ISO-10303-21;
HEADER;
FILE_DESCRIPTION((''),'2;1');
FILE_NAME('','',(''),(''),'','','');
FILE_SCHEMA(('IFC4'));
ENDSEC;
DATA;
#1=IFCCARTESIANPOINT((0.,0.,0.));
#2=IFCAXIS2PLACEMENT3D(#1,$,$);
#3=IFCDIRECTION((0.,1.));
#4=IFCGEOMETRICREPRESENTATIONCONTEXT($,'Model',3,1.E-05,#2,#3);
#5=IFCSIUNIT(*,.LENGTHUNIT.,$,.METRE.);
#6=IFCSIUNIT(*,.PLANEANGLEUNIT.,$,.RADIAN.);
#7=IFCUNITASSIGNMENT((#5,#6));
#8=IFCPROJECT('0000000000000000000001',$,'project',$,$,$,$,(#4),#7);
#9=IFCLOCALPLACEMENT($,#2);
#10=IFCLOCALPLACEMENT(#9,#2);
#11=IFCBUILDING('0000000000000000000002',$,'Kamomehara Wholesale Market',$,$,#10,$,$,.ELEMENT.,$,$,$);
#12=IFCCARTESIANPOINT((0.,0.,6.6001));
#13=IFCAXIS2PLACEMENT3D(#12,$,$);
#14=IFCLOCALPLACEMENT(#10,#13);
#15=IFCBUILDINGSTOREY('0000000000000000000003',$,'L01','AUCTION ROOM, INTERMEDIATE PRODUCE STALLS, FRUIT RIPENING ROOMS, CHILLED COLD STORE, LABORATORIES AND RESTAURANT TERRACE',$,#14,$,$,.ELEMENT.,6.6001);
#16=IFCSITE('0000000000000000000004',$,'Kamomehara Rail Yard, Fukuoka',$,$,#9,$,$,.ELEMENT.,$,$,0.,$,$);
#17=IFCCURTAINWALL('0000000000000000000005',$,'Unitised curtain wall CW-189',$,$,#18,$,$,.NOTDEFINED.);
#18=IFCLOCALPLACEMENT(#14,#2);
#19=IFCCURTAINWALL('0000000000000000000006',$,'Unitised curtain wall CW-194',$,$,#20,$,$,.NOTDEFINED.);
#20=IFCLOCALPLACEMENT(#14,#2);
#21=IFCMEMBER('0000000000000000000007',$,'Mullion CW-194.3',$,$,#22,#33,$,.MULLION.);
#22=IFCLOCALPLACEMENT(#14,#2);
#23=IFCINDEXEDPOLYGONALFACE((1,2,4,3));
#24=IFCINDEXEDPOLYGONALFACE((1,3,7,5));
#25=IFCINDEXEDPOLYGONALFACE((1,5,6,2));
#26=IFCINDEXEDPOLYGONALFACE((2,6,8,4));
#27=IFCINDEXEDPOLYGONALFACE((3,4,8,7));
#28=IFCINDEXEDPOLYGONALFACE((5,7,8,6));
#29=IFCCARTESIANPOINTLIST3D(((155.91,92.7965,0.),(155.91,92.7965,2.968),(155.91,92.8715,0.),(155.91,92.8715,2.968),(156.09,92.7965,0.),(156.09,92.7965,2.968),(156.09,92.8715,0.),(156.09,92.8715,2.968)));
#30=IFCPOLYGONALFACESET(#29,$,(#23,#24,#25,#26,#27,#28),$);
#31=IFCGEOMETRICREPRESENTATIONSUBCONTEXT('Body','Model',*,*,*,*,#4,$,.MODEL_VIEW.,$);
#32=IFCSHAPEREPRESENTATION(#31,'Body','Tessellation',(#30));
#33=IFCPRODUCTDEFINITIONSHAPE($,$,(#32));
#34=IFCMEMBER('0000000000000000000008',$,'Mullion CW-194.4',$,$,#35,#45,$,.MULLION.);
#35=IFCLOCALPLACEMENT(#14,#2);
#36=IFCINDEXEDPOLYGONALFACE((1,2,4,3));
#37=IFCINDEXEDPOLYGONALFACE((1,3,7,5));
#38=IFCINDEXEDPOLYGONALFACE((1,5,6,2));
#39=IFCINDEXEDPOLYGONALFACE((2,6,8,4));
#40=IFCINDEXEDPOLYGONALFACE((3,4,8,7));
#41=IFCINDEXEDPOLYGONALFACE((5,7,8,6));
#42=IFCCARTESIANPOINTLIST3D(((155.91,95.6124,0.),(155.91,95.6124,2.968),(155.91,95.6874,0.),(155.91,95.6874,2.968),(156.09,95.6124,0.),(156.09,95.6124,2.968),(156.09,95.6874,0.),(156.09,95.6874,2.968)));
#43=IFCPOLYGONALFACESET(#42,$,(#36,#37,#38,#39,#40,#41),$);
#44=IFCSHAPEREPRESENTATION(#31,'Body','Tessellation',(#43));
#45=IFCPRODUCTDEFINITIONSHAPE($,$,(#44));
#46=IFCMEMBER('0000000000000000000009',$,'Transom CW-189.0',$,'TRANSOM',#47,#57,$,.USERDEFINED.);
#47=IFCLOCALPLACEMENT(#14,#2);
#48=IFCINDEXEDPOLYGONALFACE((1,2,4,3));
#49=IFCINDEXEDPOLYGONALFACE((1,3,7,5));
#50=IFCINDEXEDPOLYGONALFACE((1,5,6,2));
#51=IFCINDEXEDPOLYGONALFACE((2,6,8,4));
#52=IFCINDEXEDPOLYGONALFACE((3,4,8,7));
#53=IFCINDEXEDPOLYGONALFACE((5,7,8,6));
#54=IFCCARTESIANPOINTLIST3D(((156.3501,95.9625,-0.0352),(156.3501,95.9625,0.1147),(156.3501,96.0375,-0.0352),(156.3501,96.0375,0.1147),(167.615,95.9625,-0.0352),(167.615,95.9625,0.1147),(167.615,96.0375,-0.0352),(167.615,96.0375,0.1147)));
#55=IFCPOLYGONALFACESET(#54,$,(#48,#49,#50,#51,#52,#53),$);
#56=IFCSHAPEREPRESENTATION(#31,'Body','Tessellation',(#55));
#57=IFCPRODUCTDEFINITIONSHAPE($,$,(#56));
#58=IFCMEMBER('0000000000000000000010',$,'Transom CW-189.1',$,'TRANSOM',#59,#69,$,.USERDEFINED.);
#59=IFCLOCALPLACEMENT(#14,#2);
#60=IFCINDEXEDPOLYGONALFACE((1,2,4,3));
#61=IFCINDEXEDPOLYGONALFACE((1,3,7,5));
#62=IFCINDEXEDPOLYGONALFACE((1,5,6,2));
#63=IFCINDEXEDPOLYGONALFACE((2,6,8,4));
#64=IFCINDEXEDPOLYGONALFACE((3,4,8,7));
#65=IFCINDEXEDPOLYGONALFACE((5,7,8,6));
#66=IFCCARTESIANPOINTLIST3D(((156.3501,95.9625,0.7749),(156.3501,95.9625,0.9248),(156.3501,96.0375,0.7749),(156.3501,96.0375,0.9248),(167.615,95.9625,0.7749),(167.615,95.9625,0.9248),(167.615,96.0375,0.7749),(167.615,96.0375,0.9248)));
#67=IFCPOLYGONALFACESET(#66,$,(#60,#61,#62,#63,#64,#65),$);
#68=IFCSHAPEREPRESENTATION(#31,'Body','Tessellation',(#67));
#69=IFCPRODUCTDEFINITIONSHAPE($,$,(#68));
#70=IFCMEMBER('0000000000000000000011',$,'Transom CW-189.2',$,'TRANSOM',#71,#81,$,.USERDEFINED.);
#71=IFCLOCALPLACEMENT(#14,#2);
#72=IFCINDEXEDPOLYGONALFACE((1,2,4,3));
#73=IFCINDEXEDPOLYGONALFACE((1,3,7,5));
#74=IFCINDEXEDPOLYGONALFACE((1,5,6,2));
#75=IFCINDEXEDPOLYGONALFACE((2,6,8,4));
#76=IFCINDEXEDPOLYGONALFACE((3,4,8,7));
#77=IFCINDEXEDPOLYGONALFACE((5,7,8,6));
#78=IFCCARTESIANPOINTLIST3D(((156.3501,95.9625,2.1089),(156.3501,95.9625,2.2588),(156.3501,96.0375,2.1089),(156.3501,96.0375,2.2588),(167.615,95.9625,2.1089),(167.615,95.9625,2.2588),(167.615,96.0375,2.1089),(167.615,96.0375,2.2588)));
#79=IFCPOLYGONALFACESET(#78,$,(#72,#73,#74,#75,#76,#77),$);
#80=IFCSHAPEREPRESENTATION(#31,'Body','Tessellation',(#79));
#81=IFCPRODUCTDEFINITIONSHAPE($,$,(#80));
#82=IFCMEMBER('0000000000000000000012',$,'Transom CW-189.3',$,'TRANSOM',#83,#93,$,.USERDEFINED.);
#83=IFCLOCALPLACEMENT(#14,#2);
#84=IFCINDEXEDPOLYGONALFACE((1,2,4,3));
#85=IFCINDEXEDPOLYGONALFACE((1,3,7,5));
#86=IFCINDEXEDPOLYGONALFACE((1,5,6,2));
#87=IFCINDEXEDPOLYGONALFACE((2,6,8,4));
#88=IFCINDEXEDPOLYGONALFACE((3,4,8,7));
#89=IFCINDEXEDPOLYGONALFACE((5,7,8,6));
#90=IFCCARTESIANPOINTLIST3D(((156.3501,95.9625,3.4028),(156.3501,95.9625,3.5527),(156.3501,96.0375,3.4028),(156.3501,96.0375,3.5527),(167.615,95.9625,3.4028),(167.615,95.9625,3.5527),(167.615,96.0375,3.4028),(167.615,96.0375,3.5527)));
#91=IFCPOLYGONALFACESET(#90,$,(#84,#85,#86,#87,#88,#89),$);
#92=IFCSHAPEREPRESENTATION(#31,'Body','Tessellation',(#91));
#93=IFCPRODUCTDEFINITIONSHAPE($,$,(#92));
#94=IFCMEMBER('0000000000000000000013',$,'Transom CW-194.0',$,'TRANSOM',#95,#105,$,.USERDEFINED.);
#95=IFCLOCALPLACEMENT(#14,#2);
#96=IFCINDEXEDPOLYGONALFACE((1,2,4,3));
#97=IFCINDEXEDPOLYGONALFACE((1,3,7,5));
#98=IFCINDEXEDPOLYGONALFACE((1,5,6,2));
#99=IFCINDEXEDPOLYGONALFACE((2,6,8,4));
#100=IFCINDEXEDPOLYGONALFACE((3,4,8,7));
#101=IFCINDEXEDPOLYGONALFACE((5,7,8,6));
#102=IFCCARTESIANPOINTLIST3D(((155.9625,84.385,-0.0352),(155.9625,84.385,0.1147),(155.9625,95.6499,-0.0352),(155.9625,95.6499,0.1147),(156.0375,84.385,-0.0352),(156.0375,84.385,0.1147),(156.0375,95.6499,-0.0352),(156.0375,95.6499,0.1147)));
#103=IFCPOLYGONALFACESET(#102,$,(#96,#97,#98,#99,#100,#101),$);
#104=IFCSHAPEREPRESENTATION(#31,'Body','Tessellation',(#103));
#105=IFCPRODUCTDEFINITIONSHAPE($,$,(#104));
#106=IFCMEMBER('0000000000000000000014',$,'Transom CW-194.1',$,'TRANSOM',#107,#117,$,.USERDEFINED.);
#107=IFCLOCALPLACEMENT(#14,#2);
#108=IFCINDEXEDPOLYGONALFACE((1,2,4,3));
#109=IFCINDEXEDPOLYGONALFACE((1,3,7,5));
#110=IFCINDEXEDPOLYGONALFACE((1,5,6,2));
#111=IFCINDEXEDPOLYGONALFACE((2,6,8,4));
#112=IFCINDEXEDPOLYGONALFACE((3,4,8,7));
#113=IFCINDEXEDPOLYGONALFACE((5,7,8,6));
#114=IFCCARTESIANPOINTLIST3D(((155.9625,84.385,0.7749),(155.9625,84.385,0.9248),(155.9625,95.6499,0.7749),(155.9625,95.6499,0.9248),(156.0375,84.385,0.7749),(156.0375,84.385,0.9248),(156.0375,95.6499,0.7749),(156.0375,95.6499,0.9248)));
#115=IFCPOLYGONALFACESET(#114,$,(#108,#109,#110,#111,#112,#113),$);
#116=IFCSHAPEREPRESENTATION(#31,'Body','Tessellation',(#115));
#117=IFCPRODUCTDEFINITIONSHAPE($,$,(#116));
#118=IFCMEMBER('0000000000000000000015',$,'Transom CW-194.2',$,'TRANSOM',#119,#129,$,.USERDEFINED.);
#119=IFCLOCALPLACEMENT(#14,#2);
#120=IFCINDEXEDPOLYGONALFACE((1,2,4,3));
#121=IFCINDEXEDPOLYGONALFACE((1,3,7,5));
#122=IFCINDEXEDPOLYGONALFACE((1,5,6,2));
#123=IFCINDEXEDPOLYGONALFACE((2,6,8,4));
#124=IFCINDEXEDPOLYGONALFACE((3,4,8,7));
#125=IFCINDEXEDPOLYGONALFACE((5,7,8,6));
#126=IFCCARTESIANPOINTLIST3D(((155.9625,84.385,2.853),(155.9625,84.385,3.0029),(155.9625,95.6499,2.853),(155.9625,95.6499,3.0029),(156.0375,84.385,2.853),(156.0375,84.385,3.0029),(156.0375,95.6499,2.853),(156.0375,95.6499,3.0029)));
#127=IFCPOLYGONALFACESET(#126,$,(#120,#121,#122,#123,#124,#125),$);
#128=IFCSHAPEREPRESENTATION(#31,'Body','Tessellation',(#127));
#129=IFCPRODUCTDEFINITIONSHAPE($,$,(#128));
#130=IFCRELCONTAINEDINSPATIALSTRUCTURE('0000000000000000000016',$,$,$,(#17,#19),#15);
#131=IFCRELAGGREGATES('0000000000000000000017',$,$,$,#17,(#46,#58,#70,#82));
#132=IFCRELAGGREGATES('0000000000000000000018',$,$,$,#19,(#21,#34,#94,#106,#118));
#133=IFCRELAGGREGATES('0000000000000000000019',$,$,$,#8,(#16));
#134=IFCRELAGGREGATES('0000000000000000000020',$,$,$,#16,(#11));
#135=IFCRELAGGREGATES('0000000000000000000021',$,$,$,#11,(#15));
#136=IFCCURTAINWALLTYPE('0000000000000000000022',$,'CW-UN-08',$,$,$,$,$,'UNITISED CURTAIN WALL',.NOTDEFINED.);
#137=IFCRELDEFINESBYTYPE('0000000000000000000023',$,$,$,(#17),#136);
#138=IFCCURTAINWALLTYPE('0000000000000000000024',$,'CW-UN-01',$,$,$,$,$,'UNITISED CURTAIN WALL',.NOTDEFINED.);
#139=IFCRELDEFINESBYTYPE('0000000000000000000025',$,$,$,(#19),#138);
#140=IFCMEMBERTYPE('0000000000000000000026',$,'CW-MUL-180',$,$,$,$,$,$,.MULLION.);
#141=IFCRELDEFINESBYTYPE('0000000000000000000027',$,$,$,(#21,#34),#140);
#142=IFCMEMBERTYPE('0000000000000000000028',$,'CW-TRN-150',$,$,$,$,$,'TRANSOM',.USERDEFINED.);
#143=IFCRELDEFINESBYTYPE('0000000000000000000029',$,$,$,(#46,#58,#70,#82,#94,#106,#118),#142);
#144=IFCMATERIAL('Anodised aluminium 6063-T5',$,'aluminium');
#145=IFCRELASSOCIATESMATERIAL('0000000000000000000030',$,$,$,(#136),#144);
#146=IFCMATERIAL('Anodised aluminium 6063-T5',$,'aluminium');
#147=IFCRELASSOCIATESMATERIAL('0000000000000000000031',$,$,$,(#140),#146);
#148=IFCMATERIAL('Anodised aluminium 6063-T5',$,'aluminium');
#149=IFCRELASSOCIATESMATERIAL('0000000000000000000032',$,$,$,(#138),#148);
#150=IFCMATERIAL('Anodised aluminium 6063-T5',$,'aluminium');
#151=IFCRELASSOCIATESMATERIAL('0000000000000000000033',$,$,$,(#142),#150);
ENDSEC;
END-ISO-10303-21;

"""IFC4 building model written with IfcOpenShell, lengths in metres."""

from ifc_helpers import new_model, si_unit, direction, frame, origin, origin_2d, place, context, subcontext, project, spatial, rectangle, extrude, material, material_profile, profile_set, type_object, element, aggregate, save


model = new_model("IFC4")

# Units and contexts
model_context = context("Model", 3, precision=1e-05, world=origin(), true_north=direction((0.0, 1.0)))
body_context = subcontext(model_context, "Body", "Model", "MODEL_VIEW")
ifc_project = project(units=[si_unit("LENGTHUNIT", "METRE"), si_unit("PLANEANGLEUNIT", "RADIAN")], contexts=[model_context])

# Site, building, storey
site_placement = place(None, origin())
site = spatial("IfcSite", under=ifc_project, at=site_placement, Name="Kamomehara Rail Yard, Fukuoka", CompositionType="ELEMENT", RefElevation=0.0)
building_placement = place(site_placement, origin())
building = spatial("IfcBuilding", under=site, at=building_placement, Name="Kamomehara Wholesale Market", CompositionType="ELEMENT")
storey_placement = place(building_placement, frame((0.0, 0.0, 6.6001)))
storey = spatial("IfcBuildingStorey", under=building, at=storey_placement, Name="L01", Description="AUCTION ROOM, INTERMEDIATE PRODUCE STALLS, FRUIT RIPENING ROOMS, CHILLED COLD STORE, LABORATORIES AND RESTAURANT TERRACE", CompositionType="ELEMENT", Elevation=6.6001)

# Curtain walls, members
ifc_material_1 = material(Name="Anodised aluminium 6063-T5", Category="aluminium")
curtain_wall_type_1 = type_object("IfcCurtainWallType", Name="CW-UN-08", ElementType="UNITISED CURTAIN WALL", PredefinedType="NOTDEFINED", material=ifc_material_1)
curtain_wall_1_placement = place(storey_placement, origin())
curtain_wall_1 = element("IfcCurtainWall", 1, at=curtain_wall_1_placement, inside=storey, type_object=curtain_wall_type_1, Name="Unitised curtain wall CW-189", PredefinedType="NOTDEFINED")
ifc_material_2 = material(Name="Anodised aluminium 6063-T5", Category="aluminium")
ifc_material_profile_1 = material_profile(ifc_material_2, rectangle(XDim=0.075, YDim=0.1799, at=origin_2d()), Name="ALU-MUL-75x180")
ifc_profile_set_1 = profile_set([ifc_material_profile_1], Name="Anodised aluminium 6063-T5")
member_type_1 = type_object("IfcMemberType", Name="CW-MUL-180", PredefinedType="MULLION", material=ifc_profile_set_1)
ifc_material_3 = material(Name="Anodised aluminium 6063-T5", Category="aluminium")
curtain_wall_type_2 = type_object("IfcCurtainWallType", Name="CW-UN-01", ElementType="UNITISED CURTAIN WALL", PredefinedType="NOTDEFINED", material=ifc_material_3)
curtain_wall_2_placement = place(storey_placement, origin())
curtain_wall_2 = element("IfcCurtainWall", 2, at=curtain_wall_2_placement, inside=storey, type_object=curtain_wall_type_2, Name="Unitised curtain wall CW-194", PredefinedType="NOTDEFINED")
member_1_placement = place(storey_placement, frame((156.0, 92.834, 0.0), z_axis=(0.0, 0.0, 1.0), x_axis=(0.0, 1.0, 0.0)))
member_1 = element("IfcMember", 3, at=member_1_placement, type_object=member_type_1, Name="Mullion CW-194.3", PredefinedType="MULLION", context=body_context, shape_type="SweptSolid", body=[
    extrude(rectangle(XDim=0.075, YDim=0.1799, at=origin_2d()), origin(), (0.0, 0.0, 1.0), 2.968),
])
member_2_placement = place(storey_placement, frame((156.0, 95.6499, 0.0), z_axis=(0.0, 0.0, 1.0), x_axis=(0.0, 1.0, 0.0)))
member_2 = element("IfcMember", 4, at=member_2_placement, type_object=member_type_1, Name="Mullion CW-194.4", PredefinedType="MULLION", context=body_context, shape_type="SweptSolid", body=[
    extrude(rectangle(XDim=0.075, YDim=0.1799, at=origin_2d()), origin(), (0.0, 0.0, 1.0), 2.968),
])

# Members
ifc_material_4 = material(Name="Anodised aluminium 6063-T5", Category="aluminium")
ifc_material_profile_2 = material_profile(ifc_material_4, rectangle(XDim=0.075, YDim=0.1499, at=origin_2d()), Name="ALU-TRN-75x150")
ifc_profile_set_2 = profile_set([ifc_material_profile_2], Name="Anodised aluminium 6063-T5")
member_type_2 = type_object("IfcMemberType", Name="CW-TRN-150", ElementType="TRANSOM", PredefinedType="USERDEFINED", material=ifc_profile_set_2)
member_3_placement = place(storey_placement, frame((156.3501, 96.0, 0.0398), z_axis=(1.0, 0.0, 0.0), x_axis=(0.0, 1.0, 0.0)))
member_3 = element("IfcMember", 5, at=member_3_placement, type_object=member_type_2, Name="Transom CW-189.0", ObjectType="TRANSOM", PredefinedType="USERDEFINED", context=body_context, shape_type="SweptSolid", body=[
    extrude(rectangle(XDim=0.075, YDim=0.1499, at=origin_2d()), origin(), (0.0, 0.0, 1.0), 11.2649),
])
member_4_placement = place(storey_placement, frame((156.3501, 96.0, 0.8499), z_axis=(1.0, 0.0, 0.0), x_axis=(0.0, 1.0, 0.0)))
member_4 = element("IfcMember", 6, at=member_4_placement, type_object=member_type_2, Name="Transom CW-189.1", ObjectType="TRANSOM", PredefinedType="USERDEFINED", context=body_context, shape_type="SweptSolid", body=[
    extrude(rectangle(XDim=0.075, YDim=0.1499, at=origin_2d()), origin(), (0.0, 0.0, 1.0), 11.2649),
])
member_5_placement = place(storey_placement, frame((156.3501, 96.0, 2.1838), z_axis=(1.0, 0.0, 0.0), x_axis=(0.0, 1.0, 0.0)))
member_5 = element("IfcMember", 7, at=member_5_placement, type_object=member_type_2, Name="Transom CW-189.2", ObjectType="TRANSOM", PredefinedType="USERDEFINED", context=body_context, shape_type="SweptSolid", body=[
    extrude(rectangle(XDim=0.075, YDim=0.1499, at=origin_2d()), origin(), (0.0, 0.0, 1.0), 11.2649),
])
member_6_placement = place(storey_placement, frame((156.3501, 96.0, 3.4778), z_axis=(1.0, 0.0, 0.0), x_axis=(0.0, 1.0, 0.0)))
member_6 = element("IfcMember", 8, at=member_6_placement, type_object=member_type_2, Name="Transom CW-189.3", ObjectType="TRANSOM", PredefinedType="USERDEFINED", context=body_context, shape_type="SweptSolid", body=[
    extrude(rectangle(XDim=0.075, YDim=0.1499, at=origin_2d()), origin(), (0.0, 0.0, 1.0), 11.2649),
])
aggregate(curtain_wall_1, [member_3, member_4, member_5, member_6])
member_7_placement = place(storey_placement, frame((156.0, 84.385, 0.0398), z_axis=(0.0, 1.0, 0.0), x_axis=(-1.0, 0.0, 0.0)))
member_7 = element("IfcMember", 9, at=member_7_placement, type_object=member_type_2, Name="Transom CW-194.0", ObjectType="TRANSOM", PredefinedType="USERDEFINED", context=body_context, shape_type="SweptSolid", body=[
    extrude(rectangle(XDim=0.075, YDim=0.1499, at=origin_2d()), origin(), (0.0, 0.0, 1.0), 11.2649),
])
member_8_placement = place(storey_placement, frame((156.0, 84.385, 0.8499), z_axis=(0.0, 1.0, 0.0), x_axis=(-1.0, 0.0, 0.0)))
member_8 = element("IfcMember", 10, at=member_8_placement, type_object=member_type_2, Name="Transom CW-194.1", ObjectType="TRANSOM", PredefinedType="USERDEFINED", context=body_context, shape_type="SweptSolid", body=[
    extrude(rectangle(XDim=0.075, YDim=0.1499, at=origin_2d()), origin(), (0.0, 0.0, 1.0), 11.2649),
])
member_9_placement = place(storey_placement, frame((156.0, 84.385, 2.928), z_axis=(0.0, 1.0, 0.0), x_axis=(-1.0, 0.0, 0.0)))
member_9 = element("IfcMember", 11, at=member_9_placement, type_object=member_type_2, Name="Transom CW-194.2", ObjectType="TRANSOM", PredefinedType="USERDEFINED", context=body_context, shape_type="SweptSolid", body=[
    extrude(rectangle(XDim=0.075, YDim=0.1499, at=origin_2d()), origin(), (0.0, 0.0, 1.0), 11.2649),
])
aggregate(curtain_wall_2, [member_1, member_2, member_7, member_8, member_9])

save(model, "model.ifc")
